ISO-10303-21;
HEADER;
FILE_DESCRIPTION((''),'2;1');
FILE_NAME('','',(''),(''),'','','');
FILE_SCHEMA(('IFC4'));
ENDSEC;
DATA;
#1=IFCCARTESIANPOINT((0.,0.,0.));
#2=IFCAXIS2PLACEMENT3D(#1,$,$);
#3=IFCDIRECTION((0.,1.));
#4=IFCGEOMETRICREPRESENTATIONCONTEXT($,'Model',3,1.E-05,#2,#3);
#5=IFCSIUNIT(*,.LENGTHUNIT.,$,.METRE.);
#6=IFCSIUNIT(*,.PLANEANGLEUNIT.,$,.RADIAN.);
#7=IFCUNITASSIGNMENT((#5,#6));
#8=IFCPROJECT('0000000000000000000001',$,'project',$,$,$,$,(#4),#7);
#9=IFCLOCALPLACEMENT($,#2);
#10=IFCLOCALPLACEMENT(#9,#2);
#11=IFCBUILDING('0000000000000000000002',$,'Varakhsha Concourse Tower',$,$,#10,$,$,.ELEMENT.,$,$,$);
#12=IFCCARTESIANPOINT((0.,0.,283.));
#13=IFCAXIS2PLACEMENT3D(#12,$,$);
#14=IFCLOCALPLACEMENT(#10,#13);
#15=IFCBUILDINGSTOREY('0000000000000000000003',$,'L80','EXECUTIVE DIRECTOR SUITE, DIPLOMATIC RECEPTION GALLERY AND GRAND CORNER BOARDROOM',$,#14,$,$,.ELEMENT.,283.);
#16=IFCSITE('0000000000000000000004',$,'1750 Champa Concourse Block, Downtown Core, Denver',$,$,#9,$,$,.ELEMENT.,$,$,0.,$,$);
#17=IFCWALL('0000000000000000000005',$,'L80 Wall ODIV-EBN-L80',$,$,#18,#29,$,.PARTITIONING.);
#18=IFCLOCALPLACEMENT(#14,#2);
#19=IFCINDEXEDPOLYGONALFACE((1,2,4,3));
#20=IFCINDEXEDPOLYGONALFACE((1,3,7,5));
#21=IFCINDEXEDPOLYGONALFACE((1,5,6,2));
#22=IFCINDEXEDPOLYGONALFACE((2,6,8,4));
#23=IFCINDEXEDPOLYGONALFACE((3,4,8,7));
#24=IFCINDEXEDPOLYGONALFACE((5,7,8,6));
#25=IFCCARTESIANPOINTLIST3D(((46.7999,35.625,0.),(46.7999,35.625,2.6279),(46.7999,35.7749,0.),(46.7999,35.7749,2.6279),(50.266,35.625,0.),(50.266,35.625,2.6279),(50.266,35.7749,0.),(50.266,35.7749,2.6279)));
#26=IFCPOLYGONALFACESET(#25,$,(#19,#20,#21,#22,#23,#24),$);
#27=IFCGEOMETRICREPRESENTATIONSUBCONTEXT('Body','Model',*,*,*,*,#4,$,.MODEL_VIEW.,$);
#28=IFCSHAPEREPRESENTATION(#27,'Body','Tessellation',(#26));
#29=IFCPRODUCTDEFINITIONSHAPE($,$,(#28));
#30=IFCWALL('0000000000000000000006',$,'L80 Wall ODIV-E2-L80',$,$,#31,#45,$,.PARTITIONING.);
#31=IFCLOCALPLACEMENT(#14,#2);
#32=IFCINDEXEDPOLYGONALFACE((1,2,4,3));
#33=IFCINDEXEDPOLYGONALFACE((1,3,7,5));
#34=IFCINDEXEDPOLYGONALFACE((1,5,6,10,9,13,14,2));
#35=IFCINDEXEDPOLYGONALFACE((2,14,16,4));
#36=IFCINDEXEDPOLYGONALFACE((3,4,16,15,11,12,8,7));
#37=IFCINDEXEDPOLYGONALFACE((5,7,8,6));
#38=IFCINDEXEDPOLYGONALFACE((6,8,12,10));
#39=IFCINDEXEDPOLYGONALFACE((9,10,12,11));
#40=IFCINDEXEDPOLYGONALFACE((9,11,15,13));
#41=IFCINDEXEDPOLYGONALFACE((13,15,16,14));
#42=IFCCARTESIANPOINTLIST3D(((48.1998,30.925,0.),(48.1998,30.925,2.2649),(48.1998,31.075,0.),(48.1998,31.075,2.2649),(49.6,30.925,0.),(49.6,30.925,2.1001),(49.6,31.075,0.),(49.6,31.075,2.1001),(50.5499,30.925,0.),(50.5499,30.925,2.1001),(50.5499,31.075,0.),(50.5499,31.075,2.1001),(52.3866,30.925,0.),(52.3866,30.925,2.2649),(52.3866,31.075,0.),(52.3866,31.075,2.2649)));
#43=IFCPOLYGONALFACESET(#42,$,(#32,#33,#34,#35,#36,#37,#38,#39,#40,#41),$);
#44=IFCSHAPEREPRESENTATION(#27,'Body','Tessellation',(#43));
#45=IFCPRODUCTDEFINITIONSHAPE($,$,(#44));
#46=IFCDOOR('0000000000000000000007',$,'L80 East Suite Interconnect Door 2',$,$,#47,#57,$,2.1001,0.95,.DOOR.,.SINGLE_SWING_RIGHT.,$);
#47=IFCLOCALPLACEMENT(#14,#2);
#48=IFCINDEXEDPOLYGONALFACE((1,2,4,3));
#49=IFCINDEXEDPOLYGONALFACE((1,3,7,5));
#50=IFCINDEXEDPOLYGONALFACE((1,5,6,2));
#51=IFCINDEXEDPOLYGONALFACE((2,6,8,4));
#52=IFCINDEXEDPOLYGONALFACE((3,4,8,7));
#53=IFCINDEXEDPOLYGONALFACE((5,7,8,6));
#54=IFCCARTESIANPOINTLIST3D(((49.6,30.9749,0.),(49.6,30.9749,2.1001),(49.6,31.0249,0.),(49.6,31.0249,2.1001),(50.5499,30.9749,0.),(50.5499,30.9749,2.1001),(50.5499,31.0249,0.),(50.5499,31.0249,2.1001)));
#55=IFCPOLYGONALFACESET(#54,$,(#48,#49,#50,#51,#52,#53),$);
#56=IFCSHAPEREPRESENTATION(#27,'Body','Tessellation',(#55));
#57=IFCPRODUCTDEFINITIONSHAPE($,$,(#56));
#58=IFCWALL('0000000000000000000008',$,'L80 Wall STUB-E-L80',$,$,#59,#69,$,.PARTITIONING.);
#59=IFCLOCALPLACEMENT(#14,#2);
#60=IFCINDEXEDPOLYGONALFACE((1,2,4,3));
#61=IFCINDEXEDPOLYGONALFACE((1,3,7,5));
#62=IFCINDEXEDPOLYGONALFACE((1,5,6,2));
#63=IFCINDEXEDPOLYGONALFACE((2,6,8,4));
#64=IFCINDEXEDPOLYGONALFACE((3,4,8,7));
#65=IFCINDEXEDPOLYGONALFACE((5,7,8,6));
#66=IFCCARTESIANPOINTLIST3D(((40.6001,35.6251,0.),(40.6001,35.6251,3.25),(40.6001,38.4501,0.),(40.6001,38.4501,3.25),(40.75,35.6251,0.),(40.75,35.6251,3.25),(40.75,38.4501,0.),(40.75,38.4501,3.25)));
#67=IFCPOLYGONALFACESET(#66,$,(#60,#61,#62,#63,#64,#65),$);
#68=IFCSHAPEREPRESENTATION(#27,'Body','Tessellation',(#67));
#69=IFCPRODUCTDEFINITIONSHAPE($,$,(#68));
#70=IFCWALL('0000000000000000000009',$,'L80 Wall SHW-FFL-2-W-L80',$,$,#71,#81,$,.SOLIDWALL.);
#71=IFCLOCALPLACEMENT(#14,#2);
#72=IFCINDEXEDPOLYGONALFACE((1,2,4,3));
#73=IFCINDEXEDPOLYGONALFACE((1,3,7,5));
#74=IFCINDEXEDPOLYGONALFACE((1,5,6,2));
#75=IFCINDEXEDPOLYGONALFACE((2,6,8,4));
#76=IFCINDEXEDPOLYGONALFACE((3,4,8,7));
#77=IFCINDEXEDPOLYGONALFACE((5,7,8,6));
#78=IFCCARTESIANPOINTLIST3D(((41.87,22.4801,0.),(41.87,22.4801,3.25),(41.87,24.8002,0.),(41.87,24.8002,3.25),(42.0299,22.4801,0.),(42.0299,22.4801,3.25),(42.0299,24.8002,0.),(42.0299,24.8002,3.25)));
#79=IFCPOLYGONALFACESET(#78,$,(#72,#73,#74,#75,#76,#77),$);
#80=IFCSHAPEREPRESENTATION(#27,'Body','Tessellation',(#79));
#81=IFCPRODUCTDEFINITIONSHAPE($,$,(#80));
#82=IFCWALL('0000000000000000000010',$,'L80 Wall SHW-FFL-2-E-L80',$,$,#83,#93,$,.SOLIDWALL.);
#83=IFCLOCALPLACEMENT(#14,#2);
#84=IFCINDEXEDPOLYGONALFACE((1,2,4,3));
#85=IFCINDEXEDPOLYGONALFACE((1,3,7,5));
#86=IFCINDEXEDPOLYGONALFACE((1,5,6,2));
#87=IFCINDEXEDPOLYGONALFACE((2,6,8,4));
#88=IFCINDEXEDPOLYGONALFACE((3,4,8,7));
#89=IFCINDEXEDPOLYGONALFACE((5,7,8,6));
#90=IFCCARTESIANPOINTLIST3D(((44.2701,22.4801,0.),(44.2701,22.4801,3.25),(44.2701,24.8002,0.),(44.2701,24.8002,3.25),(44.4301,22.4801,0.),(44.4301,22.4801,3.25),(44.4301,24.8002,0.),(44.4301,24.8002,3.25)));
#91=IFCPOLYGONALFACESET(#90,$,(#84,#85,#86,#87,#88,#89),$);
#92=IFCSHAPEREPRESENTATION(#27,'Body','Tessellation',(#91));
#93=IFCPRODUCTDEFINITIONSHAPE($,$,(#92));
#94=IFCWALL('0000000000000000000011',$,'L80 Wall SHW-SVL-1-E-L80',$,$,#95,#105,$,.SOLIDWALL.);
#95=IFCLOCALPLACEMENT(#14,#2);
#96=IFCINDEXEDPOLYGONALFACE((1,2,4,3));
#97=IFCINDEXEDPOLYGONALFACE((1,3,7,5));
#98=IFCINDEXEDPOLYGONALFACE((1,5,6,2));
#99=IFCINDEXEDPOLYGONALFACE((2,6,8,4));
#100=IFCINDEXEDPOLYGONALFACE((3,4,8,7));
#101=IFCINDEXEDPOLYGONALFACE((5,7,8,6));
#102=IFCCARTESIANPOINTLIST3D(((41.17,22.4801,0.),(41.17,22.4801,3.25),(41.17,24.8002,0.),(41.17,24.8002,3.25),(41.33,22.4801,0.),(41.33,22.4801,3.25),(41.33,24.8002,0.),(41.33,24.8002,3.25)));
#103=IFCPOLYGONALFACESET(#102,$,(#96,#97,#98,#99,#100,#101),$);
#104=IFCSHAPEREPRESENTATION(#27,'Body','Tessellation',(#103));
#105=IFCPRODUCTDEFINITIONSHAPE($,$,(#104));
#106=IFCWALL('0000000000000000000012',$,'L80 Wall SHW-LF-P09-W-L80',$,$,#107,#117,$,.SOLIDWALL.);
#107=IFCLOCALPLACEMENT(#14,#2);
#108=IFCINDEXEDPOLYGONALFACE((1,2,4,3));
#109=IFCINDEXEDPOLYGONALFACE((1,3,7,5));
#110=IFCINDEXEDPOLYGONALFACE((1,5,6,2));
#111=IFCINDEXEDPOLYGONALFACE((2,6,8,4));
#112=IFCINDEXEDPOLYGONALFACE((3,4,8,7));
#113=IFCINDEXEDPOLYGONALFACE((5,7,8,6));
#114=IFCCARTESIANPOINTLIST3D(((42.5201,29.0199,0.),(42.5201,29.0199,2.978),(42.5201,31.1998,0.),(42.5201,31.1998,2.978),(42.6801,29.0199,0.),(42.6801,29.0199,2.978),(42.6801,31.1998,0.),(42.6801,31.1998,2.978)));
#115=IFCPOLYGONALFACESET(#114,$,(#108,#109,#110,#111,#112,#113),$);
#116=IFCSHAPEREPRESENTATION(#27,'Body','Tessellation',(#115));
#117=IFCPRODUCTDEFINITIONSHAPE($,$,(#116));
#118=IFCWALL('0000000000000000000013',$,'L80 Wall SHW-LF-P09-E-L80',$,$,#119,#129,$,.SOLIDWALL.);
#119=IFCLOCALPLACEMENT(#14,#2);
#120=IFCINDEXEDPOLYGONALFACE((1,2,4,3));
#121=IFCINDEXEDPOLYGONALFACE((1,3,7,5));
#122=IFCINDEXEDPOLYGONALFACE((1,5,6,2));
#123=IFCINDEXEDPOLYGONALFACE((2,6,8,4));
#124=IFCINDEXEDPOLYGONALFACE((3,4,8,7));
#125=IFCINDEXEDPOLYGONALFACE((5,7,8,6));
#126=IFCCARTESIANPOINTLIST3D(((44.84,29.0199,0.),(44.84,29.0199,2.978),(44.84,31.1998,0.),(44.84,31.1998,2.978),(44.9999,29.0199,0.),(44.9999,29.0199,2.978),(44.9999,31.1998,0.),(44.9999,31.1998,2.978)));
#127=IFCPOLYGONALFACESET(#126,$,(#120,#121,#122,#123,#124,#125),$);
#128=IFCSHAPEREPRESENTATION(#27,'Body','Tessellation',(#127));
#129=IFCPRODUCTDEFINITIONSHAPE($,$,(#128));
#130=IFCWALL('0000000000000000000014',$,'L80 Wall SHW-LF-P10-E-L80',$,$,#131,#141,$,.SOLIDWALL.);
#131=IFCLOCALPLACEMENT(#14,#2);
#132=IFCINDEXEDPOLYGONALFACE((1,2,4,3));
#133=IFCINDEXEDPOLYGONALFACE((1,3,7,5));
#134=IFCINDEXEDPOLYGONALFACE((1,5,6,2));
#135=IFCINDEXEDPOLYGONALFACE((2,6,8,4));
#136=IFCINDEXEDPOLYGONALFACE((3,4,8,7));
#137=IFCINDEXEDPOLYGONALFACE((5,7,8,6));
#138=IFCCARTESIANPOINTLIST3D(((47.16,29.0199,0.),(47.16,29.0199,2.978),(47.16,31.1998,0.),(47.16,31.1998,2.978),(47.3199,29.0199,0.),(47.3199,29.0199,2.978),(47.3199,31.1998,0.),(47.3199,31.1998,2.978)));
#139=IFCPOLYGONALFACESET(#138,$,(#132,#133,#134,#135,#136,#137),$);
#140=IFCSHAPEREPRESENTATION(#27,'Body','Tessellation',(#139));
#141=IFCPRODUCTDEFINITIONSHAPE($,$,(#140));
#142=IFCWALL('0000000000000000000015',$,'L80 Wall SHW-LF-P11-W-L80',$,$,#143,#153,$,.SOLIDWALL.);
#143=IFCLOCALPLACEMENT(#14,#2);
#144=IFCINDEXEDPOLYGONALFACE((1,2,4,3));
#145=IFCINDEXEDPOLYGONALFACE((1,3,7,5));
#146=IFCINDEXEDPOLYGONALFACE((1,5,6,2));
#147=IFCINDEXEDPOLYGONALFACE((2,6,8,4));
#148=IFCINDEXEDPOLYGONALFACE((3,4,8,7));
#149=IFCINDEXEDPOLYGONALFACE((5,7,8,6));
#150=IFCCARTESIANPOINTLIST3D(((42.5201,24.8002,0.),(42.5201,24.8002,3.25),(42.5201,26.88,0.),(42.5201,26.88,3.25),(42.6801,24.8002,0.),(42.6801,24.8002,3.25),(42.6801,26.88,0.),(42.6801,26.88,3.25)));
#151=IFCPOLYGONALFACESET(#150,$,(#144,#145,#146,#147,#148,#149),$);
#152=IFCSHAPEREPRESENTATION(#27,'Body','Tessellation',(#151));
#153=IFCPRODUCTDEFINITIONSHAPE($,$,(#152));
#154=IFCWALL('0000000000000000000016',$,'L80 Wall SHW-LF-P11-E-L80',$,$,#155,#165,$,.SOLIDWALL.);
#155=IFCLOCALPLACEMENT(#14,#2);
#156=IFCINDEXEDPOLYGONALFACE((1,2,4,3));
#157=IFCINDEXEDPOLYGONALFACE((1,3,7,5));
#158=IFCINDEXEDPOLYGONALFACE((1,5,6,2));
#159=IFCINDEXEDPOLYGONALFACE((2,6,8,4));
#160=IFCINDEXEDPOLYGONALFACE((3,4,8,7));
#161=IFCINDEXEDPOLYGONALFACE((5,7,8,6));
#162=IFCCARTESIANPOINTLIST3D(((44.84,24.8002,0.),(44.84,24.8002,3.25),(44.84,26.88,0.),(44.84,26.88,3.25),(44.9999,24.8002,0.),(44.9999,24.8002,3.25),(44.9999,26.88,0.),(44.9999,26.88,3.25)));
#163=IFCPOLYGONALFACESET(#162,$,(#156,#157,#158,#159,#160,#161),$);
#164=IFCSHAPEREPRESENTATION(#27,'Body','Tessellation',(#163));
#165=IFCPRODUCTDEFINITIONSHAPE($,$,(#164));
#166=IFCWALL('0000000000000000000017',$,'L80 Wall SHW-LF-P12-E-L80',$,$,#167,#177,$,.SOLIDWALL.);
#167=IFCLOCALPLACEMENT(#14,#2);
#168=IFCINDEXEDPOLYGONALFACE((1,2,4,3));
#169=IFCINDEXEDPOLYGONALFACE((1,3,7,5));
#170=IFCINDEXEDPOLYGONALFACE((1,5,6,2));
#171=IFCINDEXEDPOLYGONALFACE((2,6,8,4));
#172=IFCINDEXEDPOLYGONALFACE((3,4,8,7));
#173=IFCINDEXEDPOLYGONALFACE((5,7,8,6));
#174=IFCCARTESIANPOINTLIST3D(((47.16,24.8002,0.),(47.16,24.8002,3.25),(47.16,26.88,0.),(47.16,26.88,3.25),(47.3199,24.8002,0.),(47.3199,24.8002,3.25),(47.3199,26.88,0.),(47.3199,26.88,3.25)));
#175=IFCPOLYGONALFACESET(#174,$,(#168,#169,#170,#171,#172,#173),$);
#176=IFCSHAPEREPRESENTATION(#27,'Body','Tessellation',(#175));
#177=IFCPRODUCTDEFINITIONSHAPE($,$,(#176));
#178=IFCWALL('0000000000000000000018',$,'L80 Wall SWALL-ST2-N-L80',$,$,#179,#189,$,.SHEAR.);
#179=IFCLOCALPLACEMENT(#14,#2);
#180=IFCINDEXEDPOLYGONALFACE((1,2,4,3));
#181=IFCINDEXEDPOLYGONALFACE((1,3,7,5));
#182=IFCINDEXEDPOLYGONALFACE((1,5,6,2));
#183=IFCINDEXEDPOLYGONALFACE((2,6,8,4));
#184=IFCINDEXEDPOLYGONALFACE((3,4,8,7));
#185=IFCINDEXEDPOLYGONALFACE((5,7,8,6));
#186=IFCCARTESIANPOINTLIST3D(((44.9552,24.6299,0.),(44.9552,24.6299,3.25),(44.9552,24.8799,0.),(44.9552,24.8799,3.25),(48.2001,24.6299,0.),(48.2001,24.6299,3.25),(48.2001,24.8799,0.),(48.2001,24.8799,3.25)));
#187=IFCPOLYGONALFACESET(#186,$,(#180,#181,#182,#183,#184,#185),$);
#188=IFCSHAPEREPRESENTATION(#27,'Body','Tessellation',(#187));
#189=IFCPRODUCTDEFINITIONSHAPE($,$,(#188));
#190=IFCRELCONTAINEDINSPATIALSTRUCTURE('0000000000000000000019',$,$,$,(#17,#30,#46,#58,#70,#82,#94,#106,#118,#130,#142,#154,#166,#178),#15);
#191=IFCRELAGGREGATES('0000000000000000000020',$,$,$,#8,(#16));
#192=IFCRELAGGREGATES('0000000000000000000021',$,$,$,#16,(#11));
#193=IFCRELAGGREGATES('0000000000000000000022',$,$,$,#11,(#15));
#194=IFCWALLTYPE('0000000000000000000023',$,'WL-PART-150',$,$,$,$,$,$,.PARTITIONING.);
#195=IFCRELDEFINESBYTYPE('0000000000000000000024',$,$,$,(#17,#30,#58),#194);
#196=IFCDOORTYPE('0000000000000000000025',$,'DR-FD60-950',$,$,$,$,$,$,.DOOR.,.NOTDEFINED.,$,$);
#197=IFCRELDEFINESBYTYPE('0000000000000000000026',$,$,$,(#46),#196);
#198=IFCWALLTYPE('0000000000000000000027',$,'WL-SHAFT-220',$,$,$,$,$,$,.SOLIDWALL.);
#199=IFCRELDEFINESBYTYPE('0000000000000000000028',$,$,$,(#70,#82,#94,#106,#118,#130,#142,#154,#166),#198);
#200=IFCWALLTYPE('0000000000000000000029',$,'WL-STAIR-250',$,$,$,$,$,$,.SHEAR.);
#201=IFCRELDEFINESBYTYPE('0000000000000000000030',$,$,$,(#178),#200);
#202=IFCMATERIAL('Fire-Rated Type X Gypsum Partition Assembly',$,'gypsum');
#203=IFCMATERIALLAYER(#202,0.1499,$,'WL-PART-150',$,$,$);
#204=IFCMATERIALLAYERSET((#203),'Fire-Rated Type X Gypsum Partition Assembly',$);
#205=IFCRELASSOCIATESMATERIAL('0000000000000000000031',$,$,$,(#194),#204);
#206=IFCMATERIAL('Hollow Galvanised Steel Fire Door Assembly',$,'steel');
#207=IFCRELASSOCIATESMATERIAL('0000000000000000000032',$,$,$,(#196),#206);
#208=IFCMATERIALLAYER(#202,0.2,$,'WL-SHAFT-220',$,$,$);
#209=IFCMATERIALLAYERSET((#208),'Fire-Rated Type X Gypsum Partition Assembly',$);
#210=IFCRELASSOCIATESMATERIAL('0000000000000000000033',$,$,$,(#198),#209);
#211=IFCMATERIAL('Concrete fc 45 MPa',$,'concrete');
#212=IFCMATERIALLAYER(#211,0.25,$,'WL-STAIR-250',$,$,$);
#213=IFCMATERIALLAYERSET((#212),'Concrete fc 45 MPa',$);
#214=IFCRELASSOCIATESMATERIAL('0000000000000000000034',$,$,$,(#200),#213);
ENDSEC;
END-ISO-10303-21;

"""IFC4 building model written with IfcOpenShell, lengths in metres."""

from ifc_helpers import new_model, si_unit, direction, frame, frame_2d, origin, place, context, subcontext, project, spatial, rectangle, extrude, material, layer, layer_set, type_object, element, fill, save


model = new_model("IFC4")

# Units and contexts
model_context = context("Model", 3, precision=1e-05, world=origin(), true_north=direction((0.0, 1.0)))
body_context = subcontext(model_context, "Body", "Model", "MODEL_VIEW")
ifc_project = project(units=[si_unit("LENGTHUNIT", "METRE"), si_unit("PLANEANGLEUNIT", "RADIAN")], contexts=[model_context])

# Site, building, storey
site_placement = place(None, origin())
site = spatial("IfcSite", under=ifc_project, at=site_placement, Name="1750 Champa Concourse Block, Downtown Core, Denver", CompositionType="ELEMENT", RefElevation=0.0)
building_placement = place(site_placement, origin())
building = spatial("IfcBuilding", under=site, at=building_placement, Name="Varakhsha Concourse Tower", CompositionType="ELEMENT")
storey_placement = place(building_placement, frame((0.0, 0.0, 283.0)))
storey = spatial("IfcBuildingStorey", under=building, at=storey_placement, Name="L80", Description="EXECUTIVE DIRECTOR SUITE, DIPLOMATIC RECEPTION GALLERY AND GRAND CORNER BOARDROOM", CompositionType="ELEMENT", Elevation=283.0)

# Shared definitions
ifc_material_1 = material(Name="Fire-Rated Type X Gypsum Partition Assembly", Category="gypsum")
ifc_layer_1 = layer(ifc_material_1, 0.1499, Name="WL-PART-150")
ifc_layer_set_1 = layer_set([ifc_layer_1], Name="Fire-Rated Type X Gypsum Partition Assembly")
wall_type_1 = type_object("IfcWallType", Name="WL-PART-150", PredefinedType="PARTITIONING", material=ifc_layer_set_1)

# Shared definitions
ifc_material_2 = material(Name="Hollow Galvanised Steel Fire Door Assembly", Category="steel")
door_type = type_object("IfcDoorType", Name="DR-FD60-950", OperationType="NOTDEFINED", PredefinedType="DOOR", material=ifc_material_2)

# Wall
wall_1_placement = place(storey_placement, frame((46.8, 35.7, 0.0), z_axis=(0.0, 0.0, 1.0), x_axis=(1.0, 0.0, 0.0)))
element("IfcWall", 1, at=wall_1_placement, inside=storey, type_object=wall_type_1, Name="L80 Wall ODIV-EBN-L80", PredefinedType="PARTITIONING", context=body_context, shape_type="SweptSolid", body=[
    extrude(rectangle(XDim=3.4661, YDim=0.1499, at=frame_2d((1.7329, 0.0))), origin(), (0.0, 0.0, 1.0), 2.6279),
])

# Wall, opening, door
wall_2_placement = place(storey_placement, frame((48.2, 31.0, 0.0), z_axis=(0.0, 0.0, 1.0), x_axis=(1.0, 0.0, 0.0)))
wall_2 = element("IfcWall", 2, at=wall_2_placement, inside=storey, type_object=wall_type_1, Name="L80 Wall ODIV-E2-L80", PredefinedType="PARTITIONING", context=body_context, shape_type="SweptSolid", body=[
    extrude(rectangle(XDim=4.1868, YDim=0.1499, at=frame_2d((2.0933, 0.0))), origin(), (0.0, 0.0, 1.0), 2.2649),
])
opening_1_placement = place(wall_2_placement, frame((1.3999, 0.0, 0.0)))
opening_1 = element("IfcOpeningElement", 3, at=opening_1_placement, cuts=wall_2, PredefinedType="OPENING", context=body_context, shape_type="SweptSolid", body=[
    extrude(rectangle(XDim=0.95, YDim=2.1001, at=frame_2d((0.4751, 1.05))), frame((0.0, 0.085, 0.0), z_axis=(0.0, -1.0, 0.0), x_axis=(1.0, 0.0, 0.0)), (0.0, 0.0, 1.0), 0.1699),
])
door_1_placement = place(opening_1_placement, origin())
door_1 = element("IfcDoor", 4, at=door_1_placement, inside=storey, type_object=door_type, Name="L80 East Suite Interconnect Door 2", OperationType="SINGLE_SWING_RIGHT", OverallHeight=2.1001, OverallWidth=0.95, PredefinedType="DOOR", context=body_context, shape_type="SweptSolid", body=[
    extrude(rectangle(XDim=0.95, YDim=2.1001, at=frame_2d((0.4751, 1.05))), frame((0.0, 0.0249, 0.0), z_axis=(0.0, -1.0, 0.0), x_axis=(1.0, 0.0, 0.0)), (0.0, 0.0, 1.0), 0.05),
])
fill(opening_1, door_1)

# Walls
wall_3_placement = place(storey_placement, frame((40.675, 35.625, 0.0), z_axis=(0.0, 0.0, 1.0), x_axis=(0.0, 1.0, 0.0)))
element("IfcWall", 5, at=wall_3_placement, inside=storey, type_object=wall_type_1, Name="L80 Wall STUB-E-L80", PredefinedType="PARTITIONING", context=body_context, shape_type="SweptSolid", body=[
    extrude(rectangle(XDim=2.825, YDim=0.1499, at=frame_2d((1.4126, 0.0))), origin(), (0.0, 0.0, 1.0), 3.25),
])
ifc_layer_2 = layer(ifc_material_1, 0.2, Name="WL-SHAFT-220")
ifc_layer_set_2 = layer_set([ifc_layer_2], Name="Fire-Rated Type X Gypsum Partition Assembly")
wall_type_2 = type_object("IfcWallType", Name="WL-SHAFT-220", PredefinedType="SOLIDWALL", material=ifc_layer_set_2)
for number, where, z_axis, x_axis, name in (
    (6, (41.95, 22.48, 0.0), (0.0, 0.0, 1.0), (0.0, 1.0, 0.0), "L80 Wall SHW-FFL-2-W-L80"),
    (7, (44.3501, 22.48, 0.0), (0.0, 0.0, 1.0), (0.0, 1.0, 0.0), "L80 Wall SHW-FFL-2-E-L80"),
    (8, (41.25, 22.48, 0.0), (0.0, 0.0, 1.0), (0.0, 1.0, 0.0), "L80 Wall SHW-SVL-1-E-L80"),
):
    element("IfcWall", number, at=place(storey_placement, frame(where, z_axis=z_axis, x_axis=x_axis)), inside=storey, type_object=wall_type_2, Name=name, PredefinedType="SOLIDWALL", context=body_context, shape_type="SweptSolid", body=[
        extrude(rectangle(XDim=2.3201, YDim=0.1599, at=frame_2d((1.1602, 0.0))), origin(), (0.0, 0.0, 1.0), 3.25),
    ])
for number, where, z_axis, x_axis, name in (
    (9, (42.6001, 29.02, 0.0), (0.0, 0.0, 1.0), (0.0, 1.0, 0.0), "L80 Wall SHW-LF-P09-W-L80"),
    (10, (44.9199, 29.02, 0.0), (0.0, 0.0, 1.0), (0.0, 1.0, 0.0), "L80 Wall SHW-LF-P09-E-L80"),
    (11, (47.24, 29.02, 0.0), (0.0, 0.0, 1.0), (0.0, 1.0, 0.0), "L80 Wall SHW-LF-P10-E-L80"),
):
    element("IfcWall", number, at=place(storey_placement, frame(where, z_axis=z_axis, x_axis=x_axis)), inside=storey, type_object=wall_type_2, Name=name, PredefinedType="SOLIDWALL", context=body_context, shape_type="SweptSolid", body=[
        extrude(rectangle(XDim=2.1799, YDim=0.1599, at=frame_2d((1.0898, 0.0))), origin(), (0.0, 0.0, 1.0), 2.978),
    ])
for number, where, z_axis, x_axis, name in (
    (12, (42.6001, 24.8, 0.0), (0.0, 0.0, 1.0), (0.0, 1.0, 0.0), "L80 Wall SHW-LF-P11-W-L80"),
    (13, (44.9199, 24.8, 0.0), (0.0, 0.0, 1.0), (0.0, 1.0, 0.0), "L80 Wall SHW-LF-P11-E-L80"),
    (14, (47.24, 24.8, 0.0), (0.0, 0.0, 1.0), (0.0, 1.0, 0.0), "L80 Wall SHW-LF-P12-E-L80"),
):
    element("IfcWall", number, at=place(storey_placement, frame(where, z_axis=z_axis, x_axis=x_axis)), inside=storey, type_object=wall_type_2, Name=name, PredefinedType="SOLIDWALL", context=body_context, shape_type="SweptSolid", body=[
        extrude(rectangle(XDim=2.0798, YDim=0.1599, at=frame_2d((1.04, 0.0))), origin(), (0.0, 0.0, 1.0), 3.25),
    ])
ifc_material_3 = material(Name="Concrete fc 45 MPa", Category="concrete")
ifc_layer_3 = layer(ifc_material_3, 0.25, Name="WL-STAIR-250")
ifc_layer_set_3 = layer_set([ifc_layer_3], Name="Concrete fc 45 MPa")
wall_type_3 = type_object("IfcWallType", Name="WL-STAIR-250", PredefinedType="SHEAR", material=ifc_layer_set_3)
wall_4_placement = place(storey_placement, frame((44.9551, 24.7549, 0.0), z_axis=(0.0, 0.0, 1.0), x_axis=(1.0, 0.0, 0.0)))
element("IfcWall", 15, at=wall_4_placement, inside=storey, type_object=wall_type_3, Name="L80 Wall SWALL-ST2-N-L80", PredefinedType="SHEAR", context=body_context, shape_type="SweptSolid", body=[
    extrude(rectangle(XDim=3.2449, YDim=0.25, at=frame_2d((1.6226, 0.0))), origin(), (0.0, 0.0, 1.0), 3.25),
])

save(model, "model.ifc")
